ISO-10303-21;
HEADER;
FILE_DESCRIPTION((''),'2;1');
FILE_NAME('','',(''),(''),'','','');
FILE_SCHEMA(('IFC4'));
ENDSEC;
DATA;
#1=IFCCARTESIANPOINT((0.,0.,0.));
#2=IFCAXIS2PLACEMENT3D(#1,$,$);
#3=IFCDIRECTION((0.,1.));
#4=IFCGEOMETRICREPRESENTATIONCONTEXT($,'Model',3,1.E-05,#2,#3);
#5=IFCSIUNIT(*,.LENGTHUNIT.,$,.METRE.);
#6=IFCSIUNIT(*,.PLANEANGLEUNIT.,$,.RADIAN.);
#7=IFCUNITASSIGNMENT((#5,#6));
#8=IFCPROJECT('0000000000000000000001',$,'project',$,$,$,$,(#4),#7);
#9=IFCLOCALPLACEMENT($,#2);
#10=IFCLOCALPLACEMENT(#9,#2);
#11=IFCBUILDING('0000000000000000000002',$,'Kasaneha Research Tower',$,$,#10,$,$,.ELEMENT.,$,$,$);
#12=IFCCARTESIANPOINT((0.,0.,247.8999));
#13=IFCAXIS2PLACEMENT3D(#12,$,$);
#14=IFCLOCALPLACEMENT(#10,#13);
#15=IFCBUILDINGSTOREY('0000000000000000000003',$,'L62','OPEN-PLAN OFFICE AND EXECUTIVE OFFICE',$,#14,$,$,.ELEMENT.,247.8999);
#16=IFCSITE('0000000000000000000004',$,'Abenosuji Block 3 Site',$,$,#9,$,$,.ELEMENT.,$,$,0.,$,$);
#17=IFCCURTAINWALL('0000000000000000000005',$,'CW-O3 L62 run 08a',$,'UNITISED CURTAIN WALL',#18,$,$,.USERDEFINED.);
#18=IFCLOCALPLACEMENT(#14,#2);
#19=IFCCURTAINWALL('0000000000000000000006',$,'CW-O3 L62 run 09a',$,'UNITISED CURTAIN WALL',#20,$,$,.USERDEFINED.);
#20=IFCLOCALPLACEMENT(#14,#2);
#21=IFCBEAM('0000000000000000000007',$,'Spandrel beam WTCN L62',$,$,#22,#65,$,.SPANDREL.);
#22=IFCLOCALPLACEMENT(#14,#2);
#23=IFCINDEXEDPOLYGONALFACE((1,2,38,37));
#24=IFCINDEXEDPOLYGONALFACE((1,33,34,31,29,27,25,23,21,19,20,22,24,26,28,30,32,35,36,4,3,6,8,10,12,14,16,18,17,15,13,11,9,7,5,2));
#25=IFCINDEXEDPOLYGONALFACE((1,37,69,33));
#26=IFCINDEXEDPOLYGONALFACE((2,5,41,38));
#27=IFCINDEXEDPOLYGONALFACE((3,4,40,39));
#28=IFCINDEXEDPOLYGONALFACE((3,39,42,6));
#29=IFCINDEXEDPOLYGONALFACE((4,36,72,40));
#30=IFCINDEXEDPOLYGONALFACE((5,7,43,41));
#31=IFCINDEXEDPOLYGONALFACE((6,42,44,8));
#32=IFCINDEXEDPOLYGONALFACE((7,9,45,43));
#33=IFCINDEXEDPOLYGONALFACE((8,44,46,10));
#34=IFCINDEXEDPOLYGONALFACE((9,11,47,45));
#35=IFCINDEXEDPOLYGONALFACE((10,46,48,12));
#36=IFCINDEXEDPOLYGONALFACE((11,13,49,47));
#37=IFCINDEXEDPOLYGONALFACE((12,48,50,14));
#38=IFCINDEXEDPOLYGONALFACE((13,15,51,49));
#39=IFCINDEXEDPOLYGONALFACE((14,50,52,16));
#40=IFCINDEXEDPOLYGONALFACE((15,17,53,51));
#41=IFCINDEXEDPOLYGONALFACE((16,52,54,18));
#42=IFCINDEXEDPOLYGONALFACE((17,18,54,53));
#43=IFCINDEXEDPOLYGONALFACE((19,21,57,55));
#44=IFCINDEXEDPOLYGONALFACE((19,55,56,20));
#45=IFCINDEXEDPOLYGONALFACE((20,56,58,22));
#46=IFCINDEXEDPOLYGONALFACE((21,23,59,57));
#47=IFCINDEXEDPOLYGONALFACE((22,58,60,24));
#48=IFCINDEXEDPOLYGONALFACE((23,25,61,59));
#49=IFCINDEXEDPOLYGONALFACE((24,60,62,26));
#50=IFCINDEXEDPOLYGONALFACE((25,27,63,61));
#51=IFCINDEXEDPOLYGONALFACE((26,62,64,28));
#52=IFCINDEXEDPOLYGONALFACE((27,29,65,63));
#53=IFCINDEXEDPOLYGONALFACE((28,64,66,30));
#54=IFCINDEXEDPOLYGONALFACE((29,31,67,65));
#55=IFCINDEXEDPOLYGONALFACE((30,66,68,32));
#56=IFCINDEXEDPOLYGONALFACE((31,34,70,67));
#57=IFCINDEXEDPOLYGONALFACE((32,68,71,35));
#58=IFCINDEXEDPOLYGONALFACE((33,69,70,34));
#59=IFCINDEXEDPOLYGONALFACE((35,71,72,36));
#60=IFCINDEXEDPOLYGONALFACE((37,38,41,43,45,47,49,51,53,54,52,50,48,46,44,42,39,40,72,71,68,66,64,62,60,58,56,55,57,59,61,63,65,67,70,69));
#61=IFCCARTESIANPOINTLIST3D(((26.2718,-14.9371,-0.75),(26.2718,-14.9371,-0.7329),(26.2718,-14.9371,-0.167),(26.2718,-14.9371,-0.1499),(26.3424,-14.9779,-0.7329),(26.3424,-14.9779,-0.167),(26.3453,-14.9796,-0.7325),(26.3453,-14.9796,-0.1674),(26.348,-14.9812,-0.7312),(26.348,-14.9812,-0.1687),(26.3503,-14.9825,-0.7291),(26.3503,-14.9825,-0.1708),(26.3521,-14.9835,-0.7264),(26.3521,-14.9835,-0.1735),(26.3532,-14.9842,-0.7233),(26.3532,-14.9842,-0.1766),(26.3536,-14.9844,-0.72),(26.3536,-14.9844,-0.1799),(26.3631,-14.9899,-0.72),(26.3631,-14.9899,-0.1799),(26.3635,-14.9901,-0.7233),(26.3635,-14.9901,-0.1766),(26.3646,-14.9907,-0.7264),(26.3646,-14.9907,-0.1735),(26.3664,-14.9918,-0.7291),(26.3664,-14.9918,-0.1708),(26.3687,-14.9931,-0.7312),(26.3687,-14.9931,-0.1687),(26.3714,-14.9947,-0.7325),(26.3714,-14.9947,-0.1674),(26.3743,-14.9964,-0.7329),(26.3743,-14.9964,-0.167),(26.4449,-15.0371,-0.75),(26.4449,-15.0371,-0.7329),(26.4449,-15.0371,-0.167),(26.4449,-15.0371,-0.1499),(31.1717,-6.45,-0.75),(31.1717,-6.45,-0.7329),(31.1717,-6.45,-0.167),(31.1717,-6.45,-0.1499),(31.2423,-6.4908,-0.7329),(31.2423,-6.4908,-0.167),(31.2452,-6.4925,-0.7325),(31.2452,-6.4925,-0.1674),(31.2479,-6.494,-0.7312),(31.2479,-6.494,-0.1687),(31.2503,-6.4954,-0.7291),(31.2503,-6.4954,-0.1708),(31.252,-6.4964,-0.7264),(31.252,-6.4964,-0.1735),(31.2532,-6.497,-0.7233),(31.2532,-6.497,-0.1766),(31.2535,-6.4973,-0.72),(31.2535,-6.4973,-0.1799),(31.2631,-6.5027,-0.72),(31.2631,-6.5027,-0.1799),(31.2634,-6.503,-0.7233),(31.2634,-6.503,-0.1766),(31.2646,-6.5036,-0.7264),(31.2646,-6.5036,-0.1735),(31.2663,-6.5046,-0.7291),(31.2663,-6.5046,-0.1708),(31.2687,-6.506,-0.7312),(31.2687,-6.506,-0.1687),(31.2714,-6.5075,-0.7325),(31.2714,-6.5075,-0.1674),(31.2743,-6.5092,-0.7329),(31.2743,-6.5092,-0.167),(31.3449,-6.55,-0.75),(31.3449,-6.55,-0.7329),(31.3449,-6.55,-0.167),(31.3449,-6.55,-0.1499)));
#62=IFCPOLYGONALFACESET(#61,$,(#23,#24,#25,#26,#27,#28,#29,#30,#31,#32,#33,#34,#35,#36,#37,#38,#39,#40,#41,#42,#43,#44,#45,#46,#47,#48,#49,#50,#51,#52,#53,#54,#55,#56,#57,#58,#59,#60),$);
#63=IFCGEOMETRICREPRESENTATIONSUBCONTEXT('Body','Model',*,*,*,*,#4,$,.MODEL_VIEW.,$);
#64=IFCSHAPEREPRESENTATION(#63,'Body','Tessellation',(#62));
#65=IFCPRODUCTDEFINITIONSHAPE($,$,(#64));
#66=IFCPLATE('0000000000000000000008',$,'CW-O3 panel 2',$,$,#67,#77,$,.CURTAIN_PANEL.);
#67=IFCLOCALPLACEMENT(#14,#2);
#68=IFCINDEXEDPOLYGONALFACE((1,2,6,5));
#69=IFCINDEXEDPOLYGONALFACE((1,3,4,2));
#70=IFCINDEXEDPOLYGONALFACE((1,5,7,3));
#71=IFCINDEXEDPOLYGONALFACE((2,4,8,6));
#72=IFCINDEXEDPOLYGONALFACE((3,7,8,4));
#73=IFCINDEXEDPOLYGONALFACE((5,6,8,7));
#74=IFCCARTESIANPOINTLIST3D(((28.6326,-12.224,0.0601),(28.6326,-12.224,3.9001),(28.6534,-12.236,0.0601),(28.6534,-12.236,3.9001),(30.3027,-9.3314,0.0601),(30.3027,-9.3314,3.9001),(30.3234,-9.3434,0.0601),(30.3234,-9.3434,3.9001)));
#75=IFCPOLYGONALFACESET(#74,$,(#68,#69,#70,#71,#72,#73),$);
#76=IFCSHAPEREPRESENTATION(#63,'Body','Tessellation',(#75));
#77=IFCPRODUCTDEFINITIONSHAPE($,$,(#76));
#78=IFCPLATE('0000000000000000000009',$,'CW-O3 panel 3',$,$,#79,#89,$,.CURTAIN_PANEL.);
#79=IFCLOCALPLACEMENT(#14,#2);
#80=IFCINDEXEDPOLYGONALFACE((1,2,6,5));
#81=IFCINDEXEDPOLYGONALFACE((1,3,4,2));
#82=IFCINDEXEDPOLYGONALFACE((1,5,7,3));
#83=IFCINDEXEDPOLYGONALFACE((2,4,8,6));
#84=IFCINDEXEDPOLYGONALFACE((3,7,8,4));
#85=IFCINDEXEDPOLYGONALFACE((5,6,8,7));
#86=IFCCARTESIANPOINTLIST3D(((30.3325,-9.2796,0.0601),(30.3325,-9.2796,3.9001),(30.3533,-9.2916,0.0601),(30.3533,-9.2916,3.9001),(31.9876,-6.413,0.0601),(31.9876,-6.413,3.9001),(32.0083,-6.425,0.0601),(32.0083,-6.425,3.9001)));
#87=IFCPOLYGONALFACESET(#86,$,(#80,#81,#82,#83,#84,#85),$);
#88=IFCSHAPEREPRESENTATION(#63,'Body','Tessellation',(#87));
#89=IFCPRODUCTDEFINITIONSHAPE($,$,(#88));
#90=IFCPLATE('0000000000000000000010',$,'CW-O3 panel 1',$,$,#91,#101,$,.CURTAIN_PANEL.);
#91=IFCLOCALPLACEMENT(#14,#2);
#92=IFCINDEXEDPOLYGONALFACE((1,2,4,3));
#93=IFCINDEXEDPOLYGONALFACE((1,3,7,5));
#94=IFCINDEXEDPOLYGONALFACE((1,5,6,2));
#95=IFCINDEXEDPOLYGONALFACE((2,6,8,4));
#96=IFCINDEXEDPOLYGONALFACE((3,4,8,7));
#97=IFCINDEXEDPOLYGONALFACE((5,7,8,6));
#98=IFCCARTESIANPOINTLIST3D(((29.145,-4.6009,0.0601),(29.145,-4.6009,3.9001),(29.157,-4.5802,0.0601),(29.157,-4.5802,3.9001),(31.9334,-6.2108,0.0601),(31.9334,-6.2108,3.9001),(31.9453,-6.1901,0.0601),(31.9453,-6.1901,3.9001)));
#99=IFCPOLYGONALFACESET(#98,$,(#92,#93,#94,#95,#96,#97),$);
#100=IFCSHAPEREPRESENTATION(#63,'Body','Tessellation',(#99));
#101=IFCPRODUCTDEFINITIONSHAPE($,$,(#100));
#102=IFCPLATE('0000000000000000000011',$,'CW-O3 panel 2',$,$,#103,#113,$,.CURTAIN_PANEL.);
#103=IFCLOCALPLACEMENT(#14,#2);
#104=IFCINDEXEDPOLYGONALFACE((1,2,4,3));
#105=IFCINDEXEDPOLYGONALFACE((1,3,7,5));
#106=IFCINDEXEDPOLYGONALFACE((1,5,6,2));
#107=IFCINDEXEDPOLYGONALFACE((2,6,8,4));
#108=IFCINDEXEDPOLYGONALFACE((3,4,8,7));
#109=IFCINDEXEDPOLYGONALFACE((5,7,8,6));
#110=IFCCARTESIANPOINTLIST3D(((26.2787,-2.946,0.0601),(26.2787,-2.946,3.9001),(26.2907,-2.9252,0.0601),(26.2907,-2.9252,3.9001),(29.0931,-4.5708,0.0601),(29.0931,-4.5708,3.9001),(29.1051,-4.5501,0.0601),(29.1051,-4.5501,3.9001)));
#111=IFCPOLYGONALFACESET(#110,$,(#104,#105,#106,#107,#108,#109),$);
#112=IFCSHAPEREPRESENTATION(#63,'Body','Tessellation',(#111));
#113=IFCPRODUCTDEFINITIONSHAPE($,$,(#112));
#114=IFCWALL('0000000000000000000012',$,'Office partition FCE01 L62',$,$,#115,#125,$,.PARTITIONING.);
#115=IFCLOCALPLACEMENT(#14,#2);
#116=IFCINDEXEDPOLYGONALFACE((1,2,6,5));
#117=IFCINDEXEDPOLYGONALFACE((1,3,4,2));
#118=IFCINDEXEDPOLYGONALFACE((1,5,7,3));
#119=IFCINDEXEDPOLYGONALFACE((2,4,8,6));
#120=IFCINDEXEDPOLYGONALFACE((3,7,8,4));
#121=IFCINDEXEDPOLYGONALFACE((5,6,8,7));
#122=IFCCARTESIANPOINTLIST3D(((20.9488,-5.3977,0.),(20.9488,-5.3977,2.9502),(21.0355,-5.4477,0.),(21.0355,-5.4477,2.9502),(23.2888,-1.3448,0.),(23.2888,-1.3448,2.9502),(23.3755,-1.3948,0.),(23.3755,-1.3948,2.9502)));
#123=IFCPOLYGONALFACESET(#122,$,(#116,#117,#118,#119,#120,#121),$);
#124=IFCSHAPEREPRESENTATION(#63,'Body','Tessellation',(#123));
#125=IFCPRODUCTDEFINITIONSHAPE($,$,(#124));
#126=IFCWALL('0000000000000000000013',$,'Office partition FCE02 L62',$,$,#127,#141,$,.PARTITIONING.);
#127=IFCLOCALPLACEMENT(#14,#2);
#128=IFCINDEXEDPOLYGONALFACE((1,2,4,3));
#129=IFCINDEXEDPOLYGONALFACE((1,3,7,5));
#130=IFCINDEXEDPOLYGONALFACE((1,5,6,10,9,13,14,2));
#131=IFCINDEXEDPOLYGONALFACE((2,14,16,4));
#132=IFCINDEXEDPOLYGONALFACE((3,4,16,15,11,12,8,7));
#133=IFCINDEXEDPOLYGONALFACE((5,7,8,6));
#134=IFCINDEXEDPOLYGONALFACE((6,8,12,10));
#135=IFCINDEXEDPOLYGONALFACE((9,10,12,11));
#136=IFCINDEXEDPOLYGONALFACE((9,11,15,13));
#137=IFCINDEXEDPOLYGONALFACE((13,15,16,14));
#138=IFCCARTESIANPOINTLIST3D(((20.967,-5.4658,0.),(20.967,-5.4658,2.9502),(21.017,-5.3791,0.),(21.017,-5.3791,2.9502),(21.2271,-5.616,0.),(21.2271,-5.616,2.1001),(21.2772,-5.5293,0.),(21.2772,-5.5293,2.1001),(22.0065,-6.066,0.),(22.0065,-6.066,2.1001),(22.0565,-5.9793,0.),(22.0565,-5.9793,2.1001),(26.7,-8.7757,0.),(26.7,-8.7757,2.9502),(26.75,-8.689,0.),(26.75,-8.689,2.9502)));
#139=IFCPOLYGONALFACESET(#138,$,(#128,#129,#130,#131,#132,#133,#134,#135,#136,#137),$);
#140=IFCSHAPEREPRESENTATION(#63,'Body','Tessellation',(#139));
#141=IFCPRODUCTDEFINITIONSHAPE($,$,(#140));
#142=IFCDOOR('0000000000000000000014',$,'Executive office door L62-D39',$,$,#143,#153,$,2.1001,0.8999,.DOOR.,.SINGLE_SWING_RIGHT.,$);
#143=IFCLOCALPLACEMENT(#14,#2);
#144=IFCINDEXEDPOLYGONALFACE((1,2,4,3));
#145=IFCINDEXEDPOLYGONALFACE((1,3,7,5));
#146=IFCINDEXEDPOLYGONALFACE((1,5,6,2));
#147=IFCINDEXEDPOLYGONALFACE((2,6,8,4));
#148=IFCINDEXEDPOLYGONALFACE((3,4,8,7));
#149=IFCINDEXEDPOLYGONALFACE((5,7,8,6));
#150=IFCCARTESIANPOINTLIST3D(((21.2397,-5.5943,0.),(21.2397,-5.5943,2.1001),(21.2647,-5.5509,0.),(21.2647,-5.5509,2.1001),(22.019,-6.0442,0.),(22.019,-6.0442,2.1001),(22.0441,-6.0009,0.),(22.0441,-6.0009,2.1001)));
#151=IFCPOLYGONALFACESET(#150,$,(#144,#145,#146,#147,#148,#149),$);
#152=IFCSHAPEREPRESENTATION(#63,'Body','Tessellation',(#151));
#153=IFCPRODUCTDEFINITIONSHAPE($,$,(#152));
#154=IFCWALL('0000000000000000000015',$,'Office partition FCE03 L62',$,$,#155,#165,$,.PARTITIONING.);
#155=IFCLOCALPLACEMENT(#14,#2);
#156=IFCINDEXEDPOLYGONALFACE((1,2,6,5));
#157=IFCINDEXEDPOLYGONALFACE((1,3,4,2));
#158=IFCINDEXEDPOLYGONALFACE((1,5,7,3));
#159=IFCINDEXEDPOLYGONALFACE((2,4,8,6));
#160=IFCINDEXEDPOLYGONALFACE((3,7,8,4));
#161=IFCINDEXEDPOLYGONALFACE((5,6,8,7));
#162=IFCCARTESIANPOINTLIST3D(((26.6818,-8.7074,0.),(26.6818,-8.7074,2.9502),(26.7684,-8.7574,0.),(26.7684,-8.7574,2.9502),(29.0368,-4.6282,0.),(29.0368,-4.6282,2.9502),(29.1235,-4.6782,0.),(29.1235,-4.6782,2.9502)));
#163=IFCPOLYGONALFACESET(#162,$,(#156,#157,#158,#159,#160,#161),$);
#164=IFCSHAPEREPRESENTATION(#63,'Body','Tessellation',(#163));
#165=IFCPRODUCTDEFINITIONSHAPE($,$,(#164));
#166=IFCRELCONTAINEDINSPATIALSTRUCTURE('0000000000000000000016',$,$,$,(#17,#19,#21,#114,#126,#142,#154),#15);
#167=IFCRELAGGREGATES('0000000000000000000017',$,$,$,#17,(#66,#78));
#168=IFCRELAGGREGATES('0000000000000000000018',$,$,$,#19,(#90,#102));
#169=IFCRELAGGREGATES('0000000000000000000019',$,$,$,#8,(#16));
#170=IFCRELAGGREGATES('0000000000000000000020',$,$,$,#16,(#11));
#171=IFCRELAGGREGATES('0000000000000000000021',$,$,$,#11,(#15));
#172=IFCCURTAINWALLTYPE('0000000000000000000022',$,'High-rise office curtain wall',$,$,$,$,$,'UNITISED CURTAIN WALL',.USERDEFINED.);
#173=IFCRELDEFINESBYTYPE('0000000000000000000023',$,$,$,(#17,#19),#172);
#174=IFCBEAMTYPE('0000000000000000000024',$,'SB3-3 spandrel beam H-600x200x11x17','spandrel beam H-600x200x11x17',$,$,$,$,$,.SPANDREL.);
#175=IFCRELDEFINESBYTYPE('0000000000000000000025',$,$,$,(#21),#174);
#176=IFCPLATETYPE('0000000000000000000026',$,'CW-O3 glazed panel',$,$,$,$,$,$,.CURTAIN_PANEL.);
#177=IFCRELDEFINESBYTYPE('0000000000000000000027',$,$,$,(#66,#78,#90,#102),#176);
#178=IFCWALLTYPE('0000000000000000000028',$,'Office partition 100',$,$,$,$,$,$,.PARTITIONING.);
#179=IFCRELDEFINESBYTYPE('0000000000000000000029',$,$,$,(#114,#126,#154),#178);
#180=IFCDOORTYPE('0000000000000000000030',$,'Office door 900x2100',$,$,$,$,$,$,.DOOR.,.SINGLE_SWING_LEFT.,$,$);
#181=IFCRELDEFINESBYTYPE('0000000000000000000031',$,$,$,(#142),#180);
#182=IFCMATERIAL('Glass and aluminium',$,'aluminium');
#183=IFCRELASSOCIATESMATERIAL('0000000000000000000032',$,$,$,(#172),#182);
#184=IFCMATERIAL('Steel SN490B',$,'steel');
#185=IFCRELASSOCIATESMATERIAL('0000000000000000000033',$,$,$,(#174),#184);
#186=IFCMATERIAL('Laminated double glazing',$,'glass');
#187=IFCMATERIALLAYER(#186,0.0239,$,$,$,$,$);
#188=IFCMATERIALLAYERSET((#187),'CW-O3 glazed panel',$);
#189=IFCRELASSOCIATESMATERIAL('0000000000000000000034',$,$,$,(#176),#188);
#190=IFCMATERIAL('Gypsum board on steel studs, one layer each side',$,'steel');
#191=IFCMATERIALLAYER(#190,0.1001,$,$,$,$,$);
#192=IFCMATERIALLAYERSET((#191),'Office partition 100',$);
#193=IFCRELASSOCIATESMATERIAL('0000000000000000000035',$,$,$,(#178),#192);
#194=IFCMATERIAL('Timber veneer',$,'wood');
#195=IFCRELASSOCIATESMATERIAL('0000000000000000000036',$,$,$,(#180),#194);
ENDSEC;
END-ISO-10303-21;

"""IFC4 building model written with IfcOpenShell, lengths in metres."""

from ifc_helpers import new_model, si_unit, direction, frame, frame_2d, origin, origin_2d, place, context, subcontext, project, spatial, rectangle, i_section, extrude, material, layer, layer_set, material_profile, profile_set, type_object, element, fill, aggregate, save


model = new_model("IFC4")

# Units and contexts
model_context = context("Model", 3, precision=1e-05, world=origin(), true_north=direction((0.0, 1.0)))
body_context = subcontext(model_context, "Body", "Model", "MODEL_VIEW")
ifc_project = project(units=[si_unit("LENGTHUNIT", "METRE"), si_unit("PLANEANGLEUNIT", "RADIAN")], contexts=[model_context])

# Site, building, storey
site_placement = place(None, origin())
site = spatial("IfcSite", under=ifc_project, at=site_placement, Name="Abenosuji Block 3 Site", CompositionType="ELEMENT", RefElevation=0.0)
building_placement = place(site_placement, origin())
building = spatial("IfcBuilding", under=site, at=building_placement, Name="Kasaneha Research Tower", CompositionType="ELEMENT")
storey_placement = place(building_placement, frame((0.0, 0.0, 247.8999)))
storey = spatial("IfcBuildingStorey", under=building, at=storey_placement, Name="L62", Description="OPEN-PLAN OFFICE AND EXECUTIVE OFFICE", CompositionType="ELEMENT", Elevation=247.8999)

# Curtain walls
ifc_material_1 = material(Name="Glass and aluminium", Category="aluminium")
curtain_wall_type = type_object("IfcCurtainWallType", Name="High-rise office curtain wall", ElementType="UNITISED CURTAIN WALL", PredefinedType="USERDEFINED", material=ifc_material_1)
curtain_wall_1_placement = place(storey_placement, origin())
curtain_wall_1 = element("IfcCurtainWall", 1, at=curtain_wall_1_placement, inside=storey, type_object=curtain_wall_type, Name="CW-O3 L62 run 08a", ObjectType="UNITISED CURTAIN WALL", PredefinedType="USERDEFINED")
curtain_wall_2_placement = place(storey_placement, origin())
curtain_wall_2 = element("IfcCurtainWall", 2, at=curtain_wall_2_placement, inside=storey, type_object=curtain_wall_type, Name="CW-O3 L62 run 09a", ObjectType="UNITISED CURTAIN WALL", PredefinedType="USERDEFINED")

# Beam
ifc_material_2 = material(Name="Steel SN490B", Category="steel")
ifc_material_profile_1 = material_profile(ifc_material_2, i_section(OverallWidth=0.2, OverallDepth=0.6001, WebThickness=0.011, FlangeThickness=0.0171, FilletRadius=0.0129, at=origin_2d()), Name="H-600x200x11x17")
ifc_profile_set_1 = profile_set([ifc_material_profile_1], Name="Steel SN490B")
beam_type_1 = type_object("IfcBeamType", Name="SB3-3 spandrel beam H-600x200x11x17", Description="spandrel beam H-600x200x11x17", PredefinedType="SPANDREL", material=ifc_profile_set_1)
beam_1_placement = place(storey_placement, frame((31.2583, -6.5, -0.45), z_axis=(-0.499992, -0.86603, 0.0), x_axis=(0.86603, -0.499992, 0.0)))
element("IfcBeam", 3, at=beam_1_placement, inside=storey, type_object=beam_type_1, Name="Spandrel beam WTCN L62", PredefinedType="SPANDREL", context=body_context, shape_type="SweptSolid", body=[
    extrude(i_section(OverallWidth=0.2, OverallDepth=0.6001, WebThickness=0.011, FlangeThickness=0.0171, FilletRadius=0.0129, at=origin_2d()), origin(), (0.0, 0.0, 1.0), 9.8),
])

# Plates
ifc_material_3 = material(Name="Laminated double glazing", Category="glass")
ifc_layer_1 = layer(ifc_material_3, 0.0239)
ifc_layer_set_1 = layer_set([ifc_layer_1], Name="CW-O3 glazed panel")
plate_type = type_object("IfcPlateType", Name="CW-O3 glazed panel", PredefinedType="CURTAIN_PANEL", material=ifc_layer_set_1)
plate_1_placement = place(storey_placement, frame((29.478, -10.7837, 0.0601), z_axis=(0.0, 0.0, 1.0), x_axis=(0.5, 0.866025, 0.0)))
plate_1 = element("IfcPlate", 4, at=plate_1_placement, type_object=plate_type, Name="CW-O3 panel 2", PredefinedType="CURTAIN_PANEL", context=body_context, shape_type="SweptSolid", body=[
    extrude(rectangle(XDim=3.3401, YDim=0.0239, at=origin_2d()), origin(), (0.0, 0.0, 1.0), 3.8401),
])
plate_2_placement = place(storey_placement, frame((31.1704, -7.8523, 0.0601), z_axis=(0.0, 0.0, 1.0), x_axis=(0.5, 0.866025, 0.0)))
plate_2 = element("IfcPlate", 5, at=plate_2_placement, type_object=plate_type, Name="CW-O3 panel 3", PredefinedType="CURTAIN_PANEL", context=body_context, shape_type="SweptSolid", body=[
    extrude(rectangle(XDim=3.3101, YDim=0.0239, at=origin_2d()), origin(), (0.0, 0.0, 1.0), 3.8401),
])
aggregate(curtain_wall_1, [plate_1, plate_2])
plate_3_placement = place(storey_placement, frame((30.5452, -5.3955, 0.0601), z_axis=(0.0, 0.0, 1.0), x_axis=(-0.866025, 0.5, 0.0)))
plate_3 = element("IfcPlate", 6, at=plate_3_placement, type_object=plate_type, Name="CW-O3 panel 1", PredefinedType="CURTAIN_PANEL", context=body_context, shape_type="SweptSolid", body=[
    extrude(rectangle(XDim=3.2197, YDim=0.0239, at=origin_2d()), origin(), (0.0, 0.0, 1.0), 3.8401),
])
plate_4_placement = place(storey_placement, frame((27.6919, -3.748, 0.0601), z_axis=(0.0, 0.0, 1.0), x_axis=(-0.866025, 0.5, 0.0)))
plate_4 = element("IfcPlate", 7, at=plate_4_placement, type_object=plate_type, Name="CW-O3 panel 2", PredefinedType="CURTAIN_PANEL", context=body_context, shape_type="SweptSolid", body=[
    extrude(rectangle(XDim=3.2498, YDim=0.0239, at=origin_2d()), origin(), (0.0, 0.0, 1.0), 3.8401),
])
aggregate(curtain_wall_2, [plate_3, plate_4])

# Wall
ifc_material_4 = material(Name="Gypsum board on steel studs, one layer each side", Category="steel")
ifc_layer_2 = layer(ifc_material_4, 0.1001)
ifc_layer_set_2 = layer_set([ifc_layer_2], Name="Office partition 100")
wall_type = type_object("IfcWallType", Name="Office partition 100", PredefinedType="PARTITIONING", material=ifc_layer_set_2)
wall_1_placement = place(storey_placement, frame((20.9922, -5.4226, 0.0), z_axis=(0.0, 0.0, 1.0), x_axis=(0.500016, 0.866016, 0.0)))
element("IfcWall", 8, at=wall_1_placement, inside=storey, type_object=wall_type, Name="Office partition FCE01 L62", PredefinedType="PARTITIONING", context=body_context, shape_type="SweptSolid", body=[
    extrude(rectangle(XDim=4.6799, YDim=0.1001, at=frame_2d((2.3398, 0.0))), origin(), (0.0, 0.0, 1.0), 2.9502),
])

# Wall, opening, door
wall_2_placement = place(storey_placement, frame((26.7251, -8.7324, 0.0), z_axis=(0.0, 0.0, 1.0), x_axis=(-0.866031, 0.499991, 0.0)))
wall_2 = element("IfcWall", 9, at=wall_2_placement, inside=storey, type_object=wall_type, Name="Office partition FCE02 L62", PredefinedType="PARTITIONING", context=body_context, shape_type="SweptSolid", body=[
    extrude(rectangle(XDim=6.6199, YDim=0.1001, at=frame_2d((3.3101, 0.0))), origin(), (0.0, 0.0, 1.0), 2.9502),
])
opening_1_placement = place(wall_2_placement, frame((5.4197, 0.0, 0.0)))
opening_1 = element("IfcOpeningElement", 10, at=opening_1_placement, cuts=wall_2, PredefinedType="OPENING", context=body_context, shape_type="SweptSolid", body=[
    extrude(rectangle(XDim=0.8999, YDim=2.1001, at=frame_2d((0.45, 1.05))), frame((0.0, 0.0601, 0.0), z_axis=(0.0, -1.0, 0.0), x_axis=(1.0, 0.0, 0.0)), (0.0, 0.0, 1.0), 0.1201),
])
ifc_material_5 = material(Name="Timber veneer", Category="wood")
door_type = type_object("IfcDoorType", Name="Office door 900x2100", OperationType="SINGLE_SWING_LEFT", PredefinedType="DOOR", material=ifc_material_5)
door_1_placement = place(opening_1_placement, origin())
door_1 = element("IfcDoor", 11, at=door_1_placement, inside=storey, type_object=door_type, Name="Executive office door L62-D39", OperationType="SINGLE_SWING_RIGHT", OverallHeight=2.1001, OverallWidth=0.8999, PredefinedType="DOOR", context=body_context, shape_type="SweptSolid", body=[
    extrude(rectangle(XDim=0.8999, YDim=2.1001, at=frame_2d((0.45, 1.05))), frame((0.0, 0.0249, 0.0), z_axis=(0.0, -1.0, 0.0), x_axis=(1.0, 0.0, 0.0)), (0.0, 0.0, 1.0), 0.05),
])
fill(opening_1, door_1)

# Wall
wall_3_placement = place(storey_placement, frame((29.0801, -4.6533, 0.0), z_axis=(0.0, 0.0, 1.0), x_axis=(-0.499986, -0.866034, 0.0)))
element("IfcWall", 12, at=wall_3_placement, inside=storey, type_object=wall_type, Name="Office partition FCE03 L62", PredefinedType="PARTITIONING", context=body_context, shape_type="SweptSolid", body=[
    extrude(rectangle(XDim=4.7102, YDim=0.1001, at=frame_2d((2.355, 0.0))), origin(), (0.0, 0.0, 1.0), 2.9502),
])

save(model, "model.ifc")
